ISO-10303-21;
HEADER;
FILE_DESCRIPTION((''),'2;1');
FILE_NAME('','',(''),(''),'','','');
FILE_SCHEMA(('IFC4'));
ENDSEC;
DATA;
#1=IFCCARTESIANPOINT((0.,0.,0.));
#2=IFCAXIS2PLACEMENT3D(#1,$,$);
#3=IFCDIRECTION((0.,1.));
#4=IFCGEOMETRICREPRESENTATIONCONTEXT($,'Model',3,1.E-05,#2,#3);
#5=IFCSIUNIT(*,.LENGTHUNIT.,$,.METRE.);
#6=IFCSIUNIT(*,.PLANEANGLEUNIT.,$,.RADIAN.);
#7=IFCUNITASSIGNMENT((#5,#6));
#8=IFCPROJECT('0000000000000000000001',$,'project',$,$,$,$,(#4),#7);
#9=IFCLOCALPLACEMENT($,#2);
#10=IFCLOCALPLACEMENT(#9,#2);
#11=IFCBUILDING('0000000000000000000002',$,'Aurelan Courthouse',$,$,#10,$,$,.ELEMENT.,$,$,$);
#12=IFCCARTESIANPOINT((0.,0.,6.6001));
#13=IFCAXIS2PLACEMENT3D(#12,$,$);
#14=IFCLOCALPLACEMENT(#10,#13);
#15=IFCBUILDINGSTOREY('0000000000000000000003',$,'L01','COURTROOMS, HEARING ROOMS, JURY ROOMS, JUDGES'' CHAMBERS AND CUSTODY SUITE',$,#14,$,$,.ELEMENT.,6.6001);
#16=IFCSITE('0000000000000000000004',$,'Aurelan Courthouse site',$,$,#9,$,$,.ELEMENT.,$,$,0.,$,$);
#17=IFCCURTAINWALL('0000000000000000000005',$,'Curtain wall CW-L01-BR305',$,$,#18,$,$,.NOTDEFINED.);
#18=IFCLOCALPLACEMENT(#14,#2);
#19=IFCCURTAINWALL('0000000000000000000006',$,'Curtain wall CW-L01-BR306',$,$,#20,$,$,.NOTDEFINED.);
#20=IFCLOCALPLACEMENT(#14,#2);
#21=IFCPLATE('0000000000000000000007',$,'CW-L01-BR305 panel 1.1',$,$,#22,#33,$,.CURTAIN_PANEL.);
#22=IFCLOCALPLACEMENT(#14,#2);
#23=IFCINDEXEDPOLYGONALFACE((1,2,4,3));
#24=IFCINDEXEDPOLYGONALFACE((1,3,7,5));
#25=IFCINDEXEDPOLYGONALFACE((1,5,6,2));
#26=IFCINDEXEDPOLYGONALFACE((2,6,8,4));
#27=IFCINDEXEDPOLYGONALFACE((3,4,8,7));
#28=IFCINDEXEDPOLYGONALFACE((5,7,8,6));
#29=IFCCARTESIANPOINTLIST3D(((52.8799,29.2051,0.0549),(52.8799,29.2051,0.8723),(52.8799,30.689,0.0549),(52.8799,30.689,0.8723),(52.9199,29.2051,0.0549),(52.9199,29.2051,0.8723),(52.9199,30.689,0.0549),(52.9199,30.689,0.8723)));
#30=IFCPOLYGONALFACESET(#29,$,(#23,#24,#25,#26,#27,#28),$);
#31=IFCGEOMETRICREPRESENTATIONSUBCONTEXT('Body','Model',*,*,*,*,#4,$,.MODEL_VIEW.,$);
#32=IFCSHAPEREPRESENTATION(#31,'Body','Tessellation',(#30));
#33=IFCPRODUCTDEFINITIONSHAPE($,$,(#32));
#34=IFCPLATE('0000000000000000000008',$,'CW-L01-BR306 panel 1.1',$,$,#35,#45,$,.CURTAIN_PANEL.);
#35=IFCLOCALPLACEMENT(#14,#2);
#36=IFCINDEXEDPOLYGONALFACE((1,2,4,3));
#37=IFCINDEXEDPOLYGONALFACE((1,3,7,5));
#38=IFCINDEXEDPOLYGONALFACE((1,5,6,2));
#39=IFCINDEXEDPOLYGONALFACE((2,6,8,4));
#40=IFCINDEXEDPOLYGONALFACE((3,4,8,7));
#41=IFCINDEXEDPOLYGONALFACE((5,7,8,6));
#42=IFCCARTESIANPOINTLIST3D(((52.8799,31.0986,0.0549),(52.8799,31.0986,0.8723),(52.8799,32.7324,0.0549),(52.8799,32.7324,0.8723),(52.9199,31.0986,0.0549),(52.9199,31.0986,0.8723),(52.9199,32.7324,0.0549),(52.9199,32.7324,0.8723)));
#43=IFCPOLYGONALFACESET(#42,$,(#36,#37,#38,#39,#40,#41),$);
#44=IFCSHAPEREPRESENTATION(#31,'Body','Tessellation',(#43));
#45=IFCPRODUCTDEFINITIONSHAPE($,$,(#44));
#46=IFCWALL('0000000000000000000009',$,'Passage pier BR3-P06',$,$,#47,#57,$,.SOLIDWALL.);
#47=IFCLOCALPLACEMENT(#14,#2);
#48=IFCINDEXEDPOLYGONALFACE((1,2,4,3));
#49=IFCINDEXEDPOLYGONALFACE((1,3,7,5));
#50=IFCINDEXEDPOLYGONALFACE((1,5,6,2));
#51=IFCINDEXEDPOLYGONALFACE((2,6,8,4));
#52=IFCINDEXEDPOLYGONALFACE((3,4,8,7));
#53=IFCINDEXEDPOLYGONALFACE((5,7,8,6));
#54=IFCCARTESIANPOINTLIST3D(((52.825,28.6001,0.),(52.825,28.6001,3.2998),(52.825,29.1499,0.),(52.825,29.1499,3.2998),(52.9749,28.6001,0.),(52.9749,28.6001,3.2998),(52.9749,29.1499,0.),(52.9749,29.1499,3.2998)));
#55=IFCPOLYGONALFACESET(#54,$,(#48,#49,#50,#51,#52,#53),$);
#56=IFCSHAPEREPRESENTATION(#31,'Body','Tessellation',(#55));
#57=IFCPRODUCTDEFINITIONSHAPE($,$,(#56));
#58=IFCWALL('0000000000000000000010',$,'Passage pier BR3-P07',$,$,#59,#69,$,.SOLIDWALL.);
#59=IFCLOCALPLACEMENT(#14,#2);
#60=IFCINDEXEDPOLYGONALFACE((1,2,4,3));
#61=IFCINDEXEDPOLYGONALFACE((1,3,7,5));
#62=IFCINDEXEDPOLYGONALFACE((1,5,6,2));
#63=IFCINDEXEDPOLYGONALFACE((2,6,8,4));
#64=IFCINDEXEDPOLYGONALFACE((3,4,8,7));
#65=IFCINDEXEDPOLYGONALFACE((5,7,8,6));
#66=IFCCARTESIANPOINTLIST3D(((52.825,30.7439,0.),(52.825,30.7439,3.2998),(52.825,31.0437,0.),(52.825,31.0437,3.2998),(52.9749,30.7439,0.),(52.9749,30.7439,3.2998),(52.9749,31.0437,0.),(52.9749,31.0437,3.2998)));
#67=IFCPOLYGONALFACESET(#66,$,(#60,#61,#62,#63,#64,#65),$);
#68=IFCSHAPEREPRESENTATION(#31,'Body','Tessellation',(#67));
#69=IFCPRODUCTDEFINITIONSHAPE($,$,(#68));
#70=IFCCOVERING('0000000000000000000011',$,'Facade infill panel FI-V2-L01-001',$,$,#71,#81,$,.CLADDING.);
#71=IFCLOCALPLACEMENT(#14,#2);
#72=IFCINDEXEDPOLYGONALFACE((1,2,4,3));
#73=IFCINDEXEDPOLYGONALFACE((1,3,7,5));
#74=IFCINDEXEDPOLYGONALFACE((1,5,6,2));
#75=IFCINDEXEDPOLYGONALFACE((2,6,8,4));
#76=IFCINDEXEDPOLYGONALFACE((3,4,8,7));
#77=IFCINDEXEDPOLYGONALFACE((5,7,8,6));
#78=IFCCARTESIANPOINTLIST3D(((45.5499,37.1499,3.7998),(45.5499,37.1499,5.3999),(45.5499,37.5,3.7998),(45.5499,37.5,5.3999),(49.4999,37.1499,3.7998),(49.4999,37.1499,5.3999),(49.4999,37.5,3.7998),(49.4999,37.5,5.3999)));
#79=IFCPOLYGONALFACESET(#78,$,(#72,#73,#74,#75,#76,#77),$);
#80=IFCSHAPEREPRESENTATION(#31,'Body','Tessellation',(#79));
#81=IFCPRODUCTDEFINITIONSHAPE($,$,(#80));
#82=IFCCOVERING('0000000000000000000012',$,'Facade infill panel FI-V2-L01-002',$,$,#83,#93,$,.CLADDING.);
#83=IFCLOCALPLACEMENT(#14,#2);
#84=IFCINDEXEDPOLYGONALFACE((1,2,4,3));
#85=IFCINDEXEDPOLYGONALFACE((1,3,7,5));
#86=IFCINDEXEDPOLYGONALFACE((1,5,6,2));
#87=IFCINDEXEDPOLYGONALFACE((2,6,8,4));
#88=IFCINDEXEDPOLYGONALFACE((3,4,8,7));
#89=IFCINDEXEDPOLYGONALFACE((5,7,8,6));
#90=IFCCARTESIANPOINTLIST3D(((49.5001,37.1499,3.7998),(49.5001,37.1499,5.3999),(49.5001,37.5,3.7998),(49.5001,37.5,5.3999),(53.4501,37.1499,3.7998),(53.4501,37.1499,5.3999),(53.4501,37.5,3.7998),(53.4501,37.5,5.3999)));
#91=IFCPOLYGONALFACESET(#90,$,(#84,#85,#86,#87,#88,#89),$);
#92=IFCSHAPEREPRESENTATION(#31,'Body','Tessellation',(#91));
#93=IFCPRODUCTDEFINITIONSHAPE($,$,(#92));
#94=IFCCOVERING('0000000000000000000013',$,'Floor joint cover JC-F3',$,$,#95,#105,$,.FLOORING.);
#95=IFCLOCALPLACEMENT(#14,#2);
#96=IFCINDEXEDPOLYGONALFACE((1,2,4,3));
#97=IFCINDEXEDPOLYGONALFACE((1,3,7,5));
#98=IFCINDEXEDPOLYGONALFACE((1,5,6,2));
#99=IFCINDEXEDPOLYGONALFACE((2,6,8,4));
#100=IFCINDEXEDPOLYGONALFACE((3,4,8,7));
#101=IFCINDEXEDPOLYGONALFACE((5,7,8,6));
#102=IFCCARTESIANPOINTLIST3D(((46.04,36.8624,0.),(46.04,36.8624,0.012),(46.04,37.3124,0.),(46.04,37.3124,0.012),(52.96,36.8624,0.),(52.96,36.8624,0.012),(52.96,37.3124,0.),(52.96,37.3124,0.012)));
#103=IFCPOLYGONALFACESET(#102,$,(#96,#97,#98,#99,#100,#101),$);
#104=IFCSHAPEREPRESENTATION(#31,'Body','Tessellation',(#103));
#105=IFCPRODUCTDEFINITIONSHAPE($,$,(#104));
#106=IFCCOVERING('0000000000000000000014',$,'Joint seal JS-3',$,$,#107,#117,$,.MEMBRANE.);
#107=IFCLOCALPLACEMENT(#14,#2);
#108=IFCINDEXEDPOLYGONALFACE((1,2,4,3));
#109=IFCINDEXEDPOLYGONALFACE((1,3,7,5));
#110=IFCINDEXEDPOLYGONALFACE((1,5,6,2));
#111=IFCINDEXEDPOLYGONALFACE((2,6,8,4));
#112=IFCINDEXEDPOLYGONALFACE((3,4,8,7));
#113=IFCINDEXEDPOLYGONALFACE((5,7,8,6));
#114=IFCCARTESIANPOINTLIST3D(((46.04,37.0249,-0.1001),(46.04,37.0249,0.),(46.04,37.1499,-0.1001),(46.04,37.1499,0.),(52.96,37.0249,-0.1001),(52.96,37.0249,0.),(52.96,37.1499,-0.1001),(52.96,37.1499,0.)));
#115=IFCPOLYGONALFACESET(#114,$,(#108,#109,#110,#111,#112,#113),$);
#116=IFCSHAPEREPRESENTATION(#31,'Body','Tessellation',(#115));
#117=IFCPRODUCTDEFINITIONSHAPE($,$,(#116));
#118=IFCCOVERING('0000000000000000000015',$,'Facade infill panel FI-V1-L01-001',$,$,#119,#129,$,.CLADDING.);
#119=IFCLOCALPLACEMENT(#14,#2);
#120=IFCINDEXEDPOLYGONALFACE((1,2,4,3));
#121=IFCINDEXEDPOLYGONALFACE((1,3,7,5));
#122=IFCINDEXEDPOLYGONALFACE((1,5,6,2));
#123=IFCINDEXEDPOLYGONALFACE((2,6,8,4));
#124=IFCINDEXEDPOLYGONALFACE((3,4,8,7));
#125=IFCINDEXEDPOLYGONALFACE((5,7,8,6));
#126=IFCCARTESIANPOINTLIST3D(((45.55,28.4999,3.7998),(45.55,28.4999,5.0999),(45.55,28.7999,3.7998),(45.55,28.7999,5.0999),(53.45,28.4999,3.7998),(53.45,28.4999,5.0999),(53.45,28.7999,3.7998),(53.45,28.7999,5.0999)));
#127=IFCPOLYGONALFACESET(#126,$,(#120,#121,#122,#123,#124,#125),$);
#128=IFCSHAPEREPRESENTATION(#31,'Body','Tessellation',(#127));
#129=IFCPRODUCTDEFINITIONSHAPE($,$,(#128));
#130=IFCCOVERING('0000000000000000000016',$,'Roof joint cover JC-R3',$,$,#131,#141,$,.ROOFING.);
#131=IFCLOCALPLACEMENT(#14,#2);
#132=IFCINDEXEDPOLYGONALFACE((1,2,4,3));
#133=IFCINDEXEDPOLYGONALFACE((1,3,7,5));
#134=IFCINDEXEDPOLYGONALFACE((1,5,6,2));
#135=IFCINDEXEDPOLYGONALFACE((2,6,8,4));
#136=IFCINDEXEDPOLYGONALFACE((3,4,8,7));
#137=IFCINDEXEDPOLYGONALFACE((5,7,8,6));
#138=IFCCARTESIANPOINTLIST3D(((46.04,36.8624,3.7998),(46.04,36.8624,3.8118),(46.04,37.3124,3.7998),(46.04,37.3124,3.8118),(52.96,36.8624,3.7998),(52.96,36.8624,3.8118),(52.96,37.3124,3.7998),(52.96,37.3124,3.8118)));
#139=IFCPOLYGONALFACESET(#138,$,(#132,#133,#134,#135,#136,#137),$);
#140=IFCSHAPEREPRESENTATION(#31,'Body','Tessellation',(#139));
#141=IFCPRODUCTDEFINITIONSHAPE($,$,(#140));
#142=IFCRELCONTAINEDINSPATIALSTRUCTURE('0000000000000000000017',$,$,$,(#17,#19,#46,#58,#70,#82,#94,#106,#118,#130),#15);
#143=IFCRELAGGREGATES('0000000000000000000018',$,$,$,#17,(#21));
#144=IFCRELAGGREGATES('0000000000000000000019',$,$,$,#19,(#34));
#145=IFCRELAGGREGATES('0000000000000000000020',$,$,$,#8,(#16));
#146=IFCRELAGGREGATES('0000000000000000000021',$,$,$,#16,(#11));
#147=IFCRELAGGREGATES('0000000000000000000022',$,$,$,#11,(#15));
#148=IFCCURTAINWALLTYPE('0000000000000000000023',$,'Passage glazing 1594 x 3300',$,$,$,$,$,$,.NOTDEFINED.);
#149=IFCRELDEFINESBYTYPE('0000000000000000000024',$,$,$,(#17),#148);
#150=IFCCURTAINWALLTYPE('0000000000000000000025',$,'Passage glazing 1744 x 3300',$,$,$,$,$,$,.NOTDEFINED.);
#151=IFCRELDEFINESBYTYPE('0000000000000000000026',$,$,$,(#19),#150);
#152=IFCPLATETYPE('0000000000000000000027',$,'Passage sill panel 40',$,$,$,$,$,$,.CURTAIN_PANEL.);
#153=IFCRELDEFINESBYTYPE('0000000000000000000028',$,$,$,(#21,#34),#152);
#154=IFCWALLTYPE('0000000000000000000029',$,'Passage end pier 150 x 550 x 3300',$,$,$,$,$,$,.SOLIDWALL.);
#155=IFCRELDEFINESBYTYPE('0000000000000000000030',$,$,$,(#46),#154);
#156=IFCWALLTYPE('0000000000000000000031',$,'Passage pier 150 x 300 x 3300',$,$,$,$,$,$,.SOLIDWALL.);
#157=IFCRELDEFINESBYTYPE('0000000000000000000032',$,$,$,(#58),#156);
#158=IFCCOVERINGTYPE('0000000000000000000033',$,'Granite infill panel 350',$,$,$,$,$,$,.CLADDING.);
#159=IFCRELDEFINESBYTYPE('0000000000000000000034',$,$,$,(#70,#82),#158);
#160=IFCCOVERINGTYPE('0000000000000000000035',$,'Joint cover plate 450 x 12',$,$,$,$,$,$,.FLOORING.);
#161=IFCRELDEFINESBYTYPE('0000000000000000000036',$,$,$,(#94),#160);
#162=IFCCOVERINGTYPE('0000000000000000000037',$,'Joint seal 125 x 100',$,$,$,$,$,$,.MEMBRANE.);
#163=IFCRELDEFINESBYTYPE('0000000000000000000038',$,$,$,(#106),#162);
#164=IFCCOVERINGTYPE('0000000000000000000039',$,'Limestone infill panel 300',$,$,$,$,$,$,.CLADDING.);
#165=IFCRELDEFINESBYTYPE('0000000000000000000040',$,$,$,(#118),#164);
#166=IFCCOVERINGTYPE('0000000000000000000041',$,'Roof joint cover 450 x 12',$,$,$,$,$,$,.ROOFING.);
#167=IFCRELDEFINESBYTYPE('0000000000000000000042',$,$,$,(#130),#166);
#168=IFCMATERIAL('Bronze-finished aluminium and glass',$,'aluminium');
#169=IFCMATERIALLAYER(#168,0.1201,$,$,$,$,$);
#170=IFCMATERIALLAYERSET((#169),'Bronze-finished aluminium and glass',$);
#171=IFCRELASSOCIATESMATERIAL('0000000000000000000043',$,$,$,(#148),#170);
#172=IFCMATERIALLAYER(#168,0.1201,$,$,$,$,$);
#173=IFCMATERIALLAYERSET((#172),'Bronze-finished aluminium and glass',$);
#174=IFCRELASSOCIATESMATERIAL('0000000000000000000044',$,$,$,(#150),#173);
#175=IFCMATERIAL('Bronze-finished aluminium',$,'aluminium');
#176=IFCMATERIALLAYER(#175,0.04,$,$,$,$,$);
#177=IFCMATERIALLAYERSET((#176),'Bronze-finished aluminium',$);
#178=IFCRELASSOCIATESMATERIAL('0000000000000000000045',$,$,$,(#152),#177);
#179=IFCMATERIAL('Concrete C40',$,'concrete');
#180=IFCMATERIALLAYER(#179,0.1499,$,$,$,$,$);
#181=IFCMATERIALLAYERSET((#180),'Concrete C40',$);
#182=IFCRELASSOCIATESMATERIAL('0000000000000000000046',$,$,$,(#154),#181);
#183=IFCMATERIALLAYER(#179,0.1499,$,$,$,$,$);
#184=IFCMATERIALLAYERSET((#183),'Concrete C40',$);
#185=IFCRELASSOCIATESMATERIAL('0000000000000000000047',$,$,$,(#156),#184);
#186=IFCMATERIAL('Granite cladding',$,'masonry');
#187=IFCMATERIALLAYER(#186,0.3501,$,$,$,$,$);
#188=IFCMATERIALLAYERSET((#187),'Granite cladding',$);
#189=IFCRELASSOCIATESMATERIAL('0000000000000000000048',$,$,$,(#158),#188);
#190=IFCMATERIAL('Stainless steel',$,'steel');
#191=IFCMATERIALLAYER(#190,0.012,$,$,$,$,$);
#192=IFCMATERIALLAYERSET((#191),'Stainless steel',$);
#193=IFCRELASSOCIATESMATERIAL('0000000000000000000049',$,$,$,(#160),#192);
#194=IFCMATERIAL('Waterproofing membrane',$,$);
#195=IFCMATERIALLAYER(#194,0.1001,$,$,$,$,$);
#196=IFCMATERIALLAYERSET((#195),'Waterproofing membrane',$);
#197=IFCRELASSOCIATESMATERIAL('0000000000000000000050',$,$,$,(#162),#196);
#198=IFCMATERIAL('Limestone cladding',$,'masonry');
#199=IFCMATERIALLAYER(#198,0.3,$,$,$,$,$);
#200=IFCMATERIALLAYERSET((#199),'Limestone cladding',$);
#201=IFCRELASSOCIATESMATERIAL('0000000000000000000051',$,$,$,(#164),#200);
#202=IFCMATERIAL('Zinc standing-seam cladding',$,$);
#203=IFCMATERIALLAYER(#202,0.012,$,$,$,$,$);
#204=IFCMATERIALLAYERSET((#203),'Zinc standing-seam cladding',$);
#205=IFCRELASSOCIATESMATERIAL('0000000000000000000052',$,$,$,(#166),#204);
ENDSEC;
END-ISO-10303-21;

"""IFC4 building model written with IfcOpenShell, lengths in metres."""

from ifc_helpers import new_model, si_unit, direction, frame, frame_2d, origin, origin_2d, place, context, subcontext, project, spatial, rectangle, extrude, material, layer, layer_set, type_object, element, aggregate, save


model = new_model("IFC4")

# Units and contexts
model_context = context("Model", 3, precision=1e-05, world=origin(), true_north=direction((0.0, 1.0)))
body_context = subcontext(model_context, "Body", "Model", "MODEL_VIEW")
ifc_project = project(units=[si_unit("LENGTHUNIT", "METRE"), si_unit("PLANEANGLEUNIT", "RADIAN")], contexts=[model_context])

# Site, building, storey
site_placement = place(None, origin())
site = spatial("IfcSite", under=ifc_project, at=site_placement, Name="Aurelan Courthouse site", CompositionType="ELEMENT", RefElevation=0.0)
building_placement = place(site_placement, origin())
building = spatial("IfcBuilding", under=site, at=building_placement, Name="Aurelan Courthouse", CompositionType="ELEMENT")
storey_placement = place(building_placement, frame((0.0, 0.0, 6.6001)))
storey = spatial("IfcBuildingStorey", under=building, at=storey_placement, Name="L01", Description="COURTROOMS, HEARING ROOMS, JURY ROOMS, JUDGES' CHAMBERS AND CUSTODY SUITE", CompositionType="ELEMENT", Elevation=6.6001)

# Curtain wall
ifc_material_1 = material(Name="Bronze-finished aluminium and glass", Category="aluminium")
ifc_layer_1 = layer(ifc_material_1, 0.1201)
ifc_layer_set_1 = layer_set([ifc_layer_1], Name="Bronze-finished aluminium and glass")
curtain_wall_type_1 = type_object("IfcCurtainWallType", Name="Passage glazing 1594 x 3300", PredefinedType="NOTDEFINED", material=ifc_layer_set_1)
curtain_wall_1_placement = place(storey_placement, origin())
curtain_wall_1 = element("IfcCurtainWall", 1, at=curtain_wall_1_placement, inside=storey, type_object=curtain_wall_type_1, Name="Curtain wall CW-L01-BR305", PredefinedType="NOTDEFINED")
ifc_material_2 = material(Name="Bronze-finished aluminium", Category="aluminium")

# Curtain wall
ifc_layer_2 = layer(ifc_material_1, 0.1201)
ifc_layer_set_2 = layer_set([ifc_layer_2], Name="Bronze-finished aluminium and glass")
curtain_wall_type_2 = type_object("IfcCurtainWallType", Name="Passage glazing 1744 x 3300", PredefinedType="NOTDEFINED", material=ifc_layer_set_2)
curtain_wall_2_placement = place(storey_placement, origin())
curtain_wall_2 = element("IfcCurtainWall", 2, at=curtain_wall_2_placement, inside=storey, type_object=curtain_wall_type_2, Name="Curtain wall CW-L01-BR306", PredefinedType="NOTDEFINED")

# Plates
ifc_layer_3 = layer(ifc_material_2, 0.04)
ifc_layer_set_3 = layer_set([ifc_layer_3], Name="Bronze-finished aluminium")
plate_type_1 = type_object("IfcPlateType", Name="Passage sill panel 40", PredefinedType="CURTAIN_PANEL", material=ifc_layer_set_3)
plate_1_placement = place(storey_placement, frame((52.8999, 29.947, 0.0549), z_axis=(0.0, 0.0, 1.0), x_axis=(0.0, 1.0, 0.0)))
plate_1 = element("IfcPlate", 3, at=plate_1_placement, type_object=plate_type_1, Name="CW-L01-BR305 panel 1.1", PredefinedType="CURTAIN_PANEL", context=body_context, shape_type="SweptSolid", body=[
    extrude(rectangle(XDim=1.4839, YDim=0.04, at=origin_2d()), origin(), (0.0, 0.0, 1.0), 0.8174),
])
aggregate(curtain_wall_1, [plate_1])
plate_2_placement = place(storey_placement, frame((52.8999, 31.9155, 0.0549), z_axis=(0.0, 0.0, 1.0), x_axis=(0.0, 1.0, 0.0)))
plate_2 = element("IfcPlate", 4, at=plate_2_placement, type_object=plate_type_1, Name="CW-L01-BR306 panel 1.1", PredefinedType="CURTAIN_PANEL", context=body_context, shape_type="SweptSolid", body=[
    extrude(rectangle(XDim=1.6338, YDim=0.04, at=origin_2d()), origin(), (0.0, 0.0, 1.0), 0.8174),
])
aggregate(curtain_wall_2, [plate_2])

# Walls
ifc_material_3 = material(Name="Concrete C40", Category="concrete")
ifc_layer_4 = layer(ifc_material_3, 0.1499)
ifc_layer_set_4 = layer_set([ifc_layer_4], Name="Concrete C40")
wall_type_1 = type_object("IfcWallType", Name="Passage end pier 150 x 550 x 3300", PredefinedType="SOLIDWALL", material=ifc_layer_set_4)
wall_1_placement = place(storey_placement, frame((52.8999, 28.6001, 0.0), z_axis=(0.0, 0.0, 1.0), x_axis=(0.0, 1.0, 0.0)))
element("IfcWall", 5, at=wall_1_placement, inside=storey, type_object=wall_type_1, Name="Passage pier BR3-P06", PredefinedType="SOLIDWALL", context=body_context, shape_type="SweptSolid", body=[
    extrude(rectangle(XDim=0.5498, YDim=0.1499, at=frame_2d((0.2749, 0.0))), origin(), (0.0, 0.0, 1.0), 3.2998),
])
ifc_layer_5 = layer(ifc_material_3, 0.1499)
ifc_layer_set_5 = layer_set([ifc_layer_5], Name="Concrete C40")
wall_type_2 = type_object("IfcWallType", Name="Passage pier 150 x 300 x 3300", PredefinedType="SOLIDWALL", material=ifc_layer_set_5)
wall_2_placement = place(storey_placement, frame((52.8999, 30.7439, 0.0), z_axis=(0.0, 0.0, 1.0), x_axis=(0.0, 1.0, 0.0)))
element("IfcWall", 6, at=wall_2_placement, inside=storey, type_object=wall_type_2, Name="Passage pier BR3-P07", PredefinedType="SOLIDWALL", context=body_context, shape_type="SweptSolid", body=[
    extrude(rectangle(XDim=0.2998, YDim=0.1499, at=frame_2d((0.1499, 0.0))), origin(), (0.0, 0.0, 1.0), 3.2998),
])

# Coverings
ifc_material_4 = material(Name="Granite cladding", Category="masonry")
ifc_layer_6 = layer(ifc_material_4, 0.3501)
ifc_layer_set_6 = layer_set([ifc_layer_6], Name="Granite cladding")
covering_type_1 = type_object("IfcCoveringType", Name="Granite infill panel 350", PredefinedType="CLADDING", material=ifc_layer_set_6)
for number, where, z_axis, x_axis, name in (
    (7, (47.5249, 37.325, 3.7998), (0.0, 0.0, 1.0), (1.0, 0.0, 0.0), "Facade infill panel FI-V2-L01-001"),
    (8, (51.4751, 37.325, 3.7998), (0.0, 0.0, 1.0), (1.0, 0.0, 0.0), "Facade infill panel FI-V2-L01-002"),
):
    element("IfcCovering", number, at=place(storey_placement, frame(where, z_axis=z_axis, x_axis=x_axis)), inside=storey, type_object=covering_type_1, Name=name, PredefinedType="CLADDING", context=body_context, shape_type="SweptSolid", body=[
        extrude(rectangle(XDim=3.95, YDim=0.3501, at=origin_2d()), origin(), (0.0, 0.0, 1.0), 1.6001),
    ])
ifc_material_5 = material(Name="Stainless steel", Category="steel")
ifc_layer_7 = layer(ifc_material_5, 0.012)
ifc_layer_set_7 = layer_set([ifc_layer_7], Name="Stainless steel")
covering_type_2 = type_object("IfcCoveringType", Name="Joint cover plate 450 x 12", PredefinedType="FLOORING", material=ifc_layer_set_7)
covering_1_placement = place(storey_placement, frame((49.5, 37.0874, 0.0), z_axis=(0.0, 0.0, 1.0), x_axis=(1.0, 0.0, 0.0)))
element("IfcCovering", 9, at=covering_1_placement, inside=storey, type_object=covering_type_2, Name="Floor joint cover JC-F3", PredefinedType="FLOORING", context=body_context, shape_type="SweptSolid", body=[
    extrude(rectangle(XDim=6.9199, YDim=0.45, at=origin_2d()), origin(), (0.0, 0.0, 1.0), 0.012),
])
ifc_material_6 = material(Name="Waterproofing membrane")
ifc_layer_8 = layer(ifc_material_6, 0.1001)
ifc_layer_set_8 = layer_set([ifc_layer_8], Name="Waterproofing membrane")
covering_type_3 = type_object("IfcCoveringType", Name="Joint seal 125 x 100", PredefinedType="MEMBRANE", material=ifc_layer_set_8)
covering_2_placement = place(storey_placement, frame((49.5, 37.0874, -0.1001), z_axis=(0.0, 0.0, 1.0), x_axis=(1.0, 0.0, 0.0)))
element("IfcCovering", 10, at=covering_2_placement, inside=storey, type_object=covering_type_3, Name="Joint seal JS-3", PredefinedType="MEMBRANE", context=body_context, shape_type="SweptSolid", body=[
    extrude(rectangle(XDim=6.9199, YDim=0.125, at=origin_2d()), origin(), (0.0, 0.0, 1.0), 0.1001),
])
ifc_material_7 = material(Name="Limestone cladding", Category="masonry")
ifc_layer_9 = layer(ifc_material_7, 0.3)
ifc_layer_set_9 = layer_set([ifc_layer_9], Name="Limestone cladding")
covering_type_4 = type_object("IfcCoveringType", Name="Limestone infill panel 300", PredefinedType="CLADDING", material=ifc_layer_set_9)
covering_3_placement = place(storey_placement, frame((49.5, 28.6499, 3.7998), z_axis=(0.0, 0.0, 1.0), x_axis=(1.0, 0.0, 0.0)))
element("IfcCovering", 11, at=covering_3_placement, inside=storey, type_object=covering_type_4, Name="Facade infill panel FI-V1-L01-001", PredefinedType="CLADDING", context=body_context, shape_type="SweptSolid", body=[
    extrude(rectangle(XDim=7.8999, YDim=0.3, at=origin_2d()), origin(), (0.0, 0.0, 1.0), 1.3),
])
ifc_material_8 = material(Name="Zinc standing-seam cladding")
ifc_layer_10 = layer(ifc_material_8, 0.012)
ifc_layer_set_10 = layer_set([ifc_layer_10], Name="Zinc standing-seam cladding")
covering_type_5 = type_object("IfcCoveringType", Name="Roof joint cover 450 x 12", PredefinedType="ROOFING", material=ifc_layer_set_10)
covering_4_placement = place(storey_placement, frame((49.5, 37.0874, 3.7998), z_axis=(0.0, 0.0, 1.0), x_axis=(1.0, 0.0, 0.0)))
element("IfcCovering", 12, at=covering_4_placement, inside=storey, type_object=covering_type_5, Name="Roof joint cover JC-R3", PredefinedType="ROOFING", context=body_context, shape_type="SweptSolid", body=[
    extrude(rectangle(XDim=6.9199, YDim=0.45, at=origin_2d()), origin(), (0.0, 0.0, 1.0), 0.012),
])

save(model, "model.ifc")
